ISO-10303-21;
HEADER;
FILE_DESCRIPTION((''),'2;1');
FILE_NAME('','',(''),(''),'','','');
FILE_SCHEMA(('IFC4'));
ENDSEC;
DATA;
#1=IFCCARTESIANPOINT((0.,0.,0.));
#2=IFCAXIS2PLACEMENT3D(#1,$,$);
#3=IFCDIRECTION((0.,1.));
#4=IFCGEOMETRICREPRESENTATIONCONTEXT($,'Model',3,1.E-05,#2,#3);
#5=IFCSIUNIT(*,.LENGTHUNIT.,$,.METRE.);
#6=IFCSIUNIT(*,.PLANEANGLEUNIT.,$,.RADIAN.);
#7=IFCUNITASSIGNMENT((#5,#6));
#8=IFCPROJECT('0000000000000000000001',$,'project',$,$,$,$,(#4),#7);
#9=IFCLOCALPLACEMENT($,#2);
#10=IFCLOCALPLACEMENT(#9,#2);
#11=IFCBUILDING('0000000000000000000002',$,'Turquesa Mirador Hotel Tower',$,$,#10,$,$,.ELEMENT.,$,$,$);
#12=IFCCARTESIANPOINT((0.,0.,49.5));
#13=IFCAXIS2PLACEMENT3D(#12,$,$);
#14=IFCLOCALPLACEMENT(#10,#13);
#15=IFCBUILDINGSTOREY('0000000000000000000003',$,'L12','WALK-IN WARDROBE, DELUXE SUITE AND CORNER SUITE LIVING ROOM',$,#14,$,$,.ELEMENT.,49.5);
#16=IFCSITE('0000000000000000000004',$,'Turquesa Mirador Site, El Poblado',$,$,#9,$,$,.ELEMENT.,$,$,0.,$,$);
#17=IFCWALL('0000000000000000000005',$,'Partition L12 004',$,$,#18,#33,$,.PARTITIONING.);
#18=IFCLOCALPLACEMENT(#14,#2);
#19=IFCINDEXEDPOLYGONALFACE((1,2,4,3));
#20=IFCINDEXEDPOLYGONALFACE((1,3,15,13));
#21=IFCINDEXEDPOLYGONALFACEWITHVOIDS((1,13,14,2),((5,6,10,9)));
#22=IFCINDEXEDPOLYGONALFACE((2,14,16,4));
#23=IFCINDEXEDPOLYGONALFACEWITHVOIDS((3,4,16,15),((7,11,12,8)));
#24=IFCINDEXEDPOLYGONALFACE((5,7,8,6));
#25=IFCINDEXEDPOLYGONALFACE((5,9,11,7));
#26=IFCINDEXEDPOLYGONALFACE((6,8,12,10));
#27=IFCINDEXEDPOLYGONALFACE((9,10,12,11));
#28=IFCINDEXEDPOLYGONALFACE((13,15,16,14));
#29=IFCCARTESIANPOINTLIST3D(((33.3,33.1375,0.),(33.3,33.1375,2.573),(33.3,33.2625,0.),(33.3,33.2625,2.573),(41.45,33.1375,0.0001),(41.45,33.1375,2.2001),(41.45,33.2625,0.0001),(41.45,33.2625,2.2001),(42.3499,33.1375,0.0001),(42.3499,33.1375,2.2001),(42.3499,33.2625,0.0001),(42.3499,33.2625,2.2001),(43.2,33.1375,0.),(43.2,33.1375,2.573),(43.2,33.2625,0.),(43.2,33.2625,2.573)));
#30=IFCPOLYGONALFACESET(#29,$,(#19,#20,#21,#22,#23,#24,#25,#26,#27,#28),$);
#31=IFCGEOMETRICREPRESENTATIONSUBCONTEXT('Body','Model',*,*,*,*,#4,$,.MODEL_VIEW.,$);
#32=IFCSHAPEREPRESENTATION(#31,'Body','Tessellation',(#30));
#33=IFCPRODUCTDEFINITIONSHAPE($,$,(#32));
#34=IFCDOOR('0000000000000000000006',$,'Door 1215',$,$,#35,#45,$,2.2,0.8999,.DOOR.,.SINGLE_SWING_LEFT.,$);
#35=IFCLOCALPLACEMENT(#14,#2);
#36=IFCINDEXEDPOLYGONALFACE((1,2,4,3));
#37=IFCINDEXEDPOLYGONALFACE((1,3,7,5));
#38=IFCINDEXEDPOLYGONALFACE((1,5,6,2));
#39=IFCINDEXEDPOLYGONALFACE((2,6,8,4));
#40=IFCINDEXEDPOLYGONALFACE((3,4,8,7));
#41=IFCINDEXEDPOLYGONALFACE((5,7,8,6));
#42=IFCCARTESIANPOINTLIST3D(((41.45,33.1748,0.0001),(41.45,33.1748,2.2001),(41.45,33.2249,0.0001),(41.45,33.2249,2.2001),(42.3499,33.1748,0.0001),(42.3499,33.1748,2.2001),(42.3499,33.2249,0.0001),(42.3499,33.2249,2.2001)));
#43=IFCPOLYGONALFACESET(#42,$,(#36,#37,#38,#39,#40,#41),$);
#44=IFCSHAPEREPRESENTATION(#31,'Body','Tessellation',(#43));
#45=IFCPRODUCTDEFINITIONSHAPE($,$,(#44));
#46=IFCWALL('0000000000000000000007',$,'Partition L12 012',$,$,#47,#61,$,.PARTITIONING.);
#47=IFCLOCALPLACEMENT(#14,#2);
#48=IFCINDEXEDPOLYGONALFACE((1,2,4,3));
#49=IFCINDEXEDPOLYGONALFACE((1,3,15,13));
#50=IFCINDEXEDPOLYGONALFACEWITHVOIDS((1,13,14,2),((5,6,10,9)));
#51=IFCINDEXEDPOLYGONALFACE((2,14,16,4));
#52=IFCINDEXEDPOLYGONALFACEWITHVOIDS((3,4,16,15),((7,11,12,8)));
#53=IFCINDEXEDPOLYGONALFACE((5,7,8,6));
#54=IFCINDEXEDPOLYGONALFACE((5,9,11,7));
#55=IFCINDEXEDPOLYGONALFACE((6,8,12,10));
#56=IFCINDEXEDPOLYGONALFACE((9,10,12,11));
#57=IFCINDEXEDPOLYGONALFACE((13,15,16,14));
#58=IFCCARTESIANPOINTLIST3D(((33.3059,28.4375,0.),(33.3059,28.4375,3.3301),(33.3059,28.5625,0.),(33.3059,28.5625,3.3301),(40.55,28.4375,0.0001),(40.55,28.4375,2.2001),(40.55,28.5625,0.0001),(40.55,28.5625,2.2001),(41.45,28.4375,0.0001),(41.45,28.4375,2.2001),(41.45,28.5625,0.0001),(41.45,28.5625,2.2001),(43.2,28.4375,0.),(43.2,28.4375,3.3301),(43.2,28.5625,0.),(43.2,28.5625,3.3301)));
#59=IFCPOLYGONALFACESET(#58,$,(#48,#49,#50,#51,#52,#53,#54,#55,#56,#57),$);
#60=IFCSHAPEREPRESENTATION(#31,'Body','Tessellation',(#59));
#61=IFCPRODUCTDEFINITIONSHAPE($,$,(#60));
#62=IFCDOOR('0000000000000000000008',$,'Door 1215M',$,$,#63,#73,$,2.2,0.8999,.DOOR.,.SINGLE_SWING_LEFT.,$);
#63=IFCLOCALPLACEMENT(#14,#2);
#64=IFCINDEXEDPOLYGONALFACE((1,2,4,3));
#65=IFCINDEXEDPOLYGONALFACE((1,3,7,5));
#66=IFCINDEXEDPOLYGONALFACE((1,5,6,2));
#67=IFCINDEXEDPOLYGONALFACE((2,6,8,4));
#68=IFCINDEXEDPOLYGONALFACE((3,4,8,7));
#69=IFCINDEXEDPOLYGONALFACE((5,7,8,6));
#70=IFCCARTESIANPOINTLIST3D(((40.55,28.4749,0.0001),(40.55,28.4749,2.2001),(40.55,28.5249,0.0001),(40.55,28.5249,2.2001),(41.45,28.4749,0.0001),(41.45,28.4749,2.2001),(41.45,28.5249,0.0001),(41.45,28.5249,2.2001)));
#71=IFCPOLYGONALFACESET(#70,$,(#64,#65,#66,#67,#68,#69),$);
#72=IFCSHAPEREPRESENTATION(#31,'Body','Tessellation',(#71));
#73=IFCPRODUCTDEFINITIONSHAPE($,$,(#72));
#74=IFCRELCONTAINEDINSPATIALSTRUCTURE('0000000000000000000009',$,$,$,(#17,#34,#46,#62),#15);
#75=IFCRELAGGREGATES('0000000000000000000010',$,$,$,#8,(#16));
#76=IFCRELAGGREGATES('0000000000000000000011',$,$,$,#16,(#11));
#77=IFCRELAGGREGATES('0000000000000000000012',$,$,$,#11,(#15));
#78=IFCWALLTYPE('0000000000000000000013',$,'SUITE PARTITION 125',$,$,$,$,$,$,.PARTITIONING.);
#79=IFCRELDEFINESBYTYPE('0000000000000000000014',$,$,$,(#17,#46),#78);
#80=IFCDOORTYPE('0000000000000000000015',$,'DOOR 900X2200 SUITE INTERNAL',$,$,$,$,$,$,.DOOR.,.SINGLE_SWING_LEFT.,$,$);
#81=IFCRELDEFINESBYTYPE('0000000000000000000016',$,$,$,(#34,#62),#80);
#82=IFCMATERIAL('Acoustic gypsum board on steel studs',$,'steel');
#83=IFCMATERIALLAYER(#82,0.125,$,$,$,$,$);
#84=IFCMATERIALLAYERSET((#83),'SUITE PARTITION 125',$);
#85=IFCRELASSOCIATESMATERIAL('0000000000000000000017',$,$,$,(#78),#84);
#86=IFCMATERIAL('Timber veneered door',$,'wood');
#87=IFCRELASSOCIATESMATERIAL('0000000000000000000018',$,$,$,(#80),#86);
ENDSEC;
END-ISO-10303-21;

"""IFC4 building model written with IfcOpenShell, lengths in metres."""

from ifc_helpers import new_model, si_unit, direction, frame, frame_2d, origin, place, context, subcontext, project, spatial, rectangle, extrude, material, layer, layer_set, type_object, element, fill, save


model = new_model("IFC4")

# Units and contexts
model_context = context("Model", 3, precision=1e-05, world=origin(), true_north=direction((0.0, 1.0)))
body_context = subcontext(model_context, "Body", "Model", "MODEL_VIEW")
ifc_project = project(units=[si_unit("LENGTHUNIT", "METRE"), si_unit("PLANEANGLEUNIT", "RADIAN")], contexts=[model_context])

# Site, building, storey
site_placement = place(None, origin())
site = spatial("IfcSite", under=ifc_project, at=site_placement, Name="Turquesa Mirador Site, El Poblado", CompositionType="ELEMENT", RefElevation=0.0)
building_placement = place(site_placement, origin())
building = spatial("IfcBuilding", under=site, at=building_placement, Name="Turquesa Mirador Hotel Tower", CompositionType="ELEMENT")
storey_placement = place(building_placement, frame((0.0, 0.0, 49.5)))
storey = spatial("IfcBuildingStorey", under=building, at=storey_placement, Name="L12", Description="WALK-IN WARDROBE, DELUXE SUITE AND CORNER SUITE LIVING ROOM", CompositionType="ELEMENT", Elevation=49.5)

# Walls, openings, doors
ifc_material_1 = material(Name="Acoustic gypsum board on steel studs", Category="steel")
ifc_layer_1 = layer(ifc_material_1, 0.125)
ifc_layer_set_1 = layer_set([ifc_layer_1], Name="SUITE PARTITION 125")
wall_type_1 = type_object("IfcWallType", Name="SUITE PARTITION 125", PredefinedType="PARTITIONING", material=ifc_layer_set_1)
wall_1_placement = place(storey_placement, frame((33.3, 33.2, 0.0), z_axis=(0.0, 0.0, 1.0), x_axis=(1.0, 0.0, 0.0)))
wall_1 = element("IfcWall", 1, at=wall_1_placement, inside=storey, type_object=wall_type_1, Name="Partition L12 004", PredefinedType="PARTITIONING", context=body_context, shape_type="SweptSolid", body=[
    extrude(rectangle(XDim=9.8999, YDim=0.125, at=frame_2d((4.95, 0.0))), origin(), (0.0, 0.0, 1.0), 2.573),
])
opening_1_placement = place(wall_1_placement, frame((8.1499, 0.0, 0.0)))
opening_1 = element("IfcOpeningElement", 2, at=opening_1_placement, cuts=wall_1, PredefinedType="OPENING", context=body_context, shape_type="SweptSolid", body=[
    extrude(rectangle(XDim=0.8999, YDim=2.2, at=frame_2d((0.45, 1.1001))), frame((0.0, 0.0725, 0.0), z_axis=(0.0, -1.0, 0.0), x_axis=(1.0, 0.0, 0.0)), (0.0, 0.0, 1.0), 0.145),
])
ifc_material_2 = material(Name="Timber veneered door", Category="wood")
door_type = type_object("IfcDoorType", Name="DOOR 900X2200 SUITE INTERNAL", OperationType="SINGLE_SWING_LEFT", PredefinedType="DOOR", material=ifc_material_2)
door_1_placement = place(opening_1_placement, origin())
door_1 = element("IfcDoor", 3, at=door_1_placement, inside=storey, type_object=door_type, Name="Door 1215", OperationType="SINGLE_SWING_LEFT", OverallHeight=2.2, OverallWidth=0.8999, PredefinedType="DOOR", context=body_context, shape_type="SweptSolid", body=[
    extrude(rectangle(XDim=0.8999, YDim=2.2, at=frame_2d((0.45, 1.1001))), frame((0.0, 0.0249, 0.0), z_axis=(0.0, -1.0, 0.0), x_axis=(1.0, 0.0, 0.0)), (0.0, 0.0, 1.0), 0.05),
])
fill(opening_1, door_1)
wall_2_placement = place(storey_placement, frame((33.3059, 28.5, 0.0), z_axis=(0.0, 0.0, 1.0), x_axis=(1.0, 0.0, 0.0)))
wall_2 = element("IfcWall", 4, at=wall_2_placement, inside=storey, type_object=wall_type_1, Name="Partition L12 012", PredefinedType="PARTITIONING", context=body_context, shape_type="SweptSolid", body=[
    extrude(rectangle(XDim=9.894, YDim=0.125, at=frame_2d((4.947, 0.0))), origin(), (0.0, 0.0, 1.0), 3.3301),
])
opening_2_placement = place(wall_2_placement, frame((7.2441, 0.0, 0.0)))
opening_2 = element("IfcOpeningElement", 5, at=opening_2_placement, cuts=wall_2, PredefinedType="OPENING", context=body_context, shape_type="SweptSolid", body=[
    extrude(rectangle(XDim=0.8999, YDim=2.2, at=frame_2d((0.45, 1.1001))), frame((0.0, 0.0725, 0.0), z_axis=(0.0, -1.0, 0.0), x_axis=(1.0, 0.0, 0.0)), (0.0, 0.0, 1.0), 0.145),
])
door_2_placement = place(opening_2_placement, origin())
door_2 = element("IfcDoor", 6, at=door_2_placement, inside=storey, type_object=door_type, Name="Door 1215M", OperationType="SINGLE_SWING_LEFT", OverallHeight=2.2, OverallWidth=0.8999, PredefinedType="DOOR", context=body_context, shape_type="SweptSolid", body=[
    extrude(rectangle(XDim=0.8999, YDim=2.2, at=frame_2d((0.45, 1.1001))), frame((0.0, 0.0249, 0.0), z_axis=(0.0, -1.0, 0.0), x_axis=(1.0, 0.0, 0.0)), (0.0, 0.0, 1.0), 0.05),
])
fill(opening_2, door_2)

save(model, "model.ifc")
